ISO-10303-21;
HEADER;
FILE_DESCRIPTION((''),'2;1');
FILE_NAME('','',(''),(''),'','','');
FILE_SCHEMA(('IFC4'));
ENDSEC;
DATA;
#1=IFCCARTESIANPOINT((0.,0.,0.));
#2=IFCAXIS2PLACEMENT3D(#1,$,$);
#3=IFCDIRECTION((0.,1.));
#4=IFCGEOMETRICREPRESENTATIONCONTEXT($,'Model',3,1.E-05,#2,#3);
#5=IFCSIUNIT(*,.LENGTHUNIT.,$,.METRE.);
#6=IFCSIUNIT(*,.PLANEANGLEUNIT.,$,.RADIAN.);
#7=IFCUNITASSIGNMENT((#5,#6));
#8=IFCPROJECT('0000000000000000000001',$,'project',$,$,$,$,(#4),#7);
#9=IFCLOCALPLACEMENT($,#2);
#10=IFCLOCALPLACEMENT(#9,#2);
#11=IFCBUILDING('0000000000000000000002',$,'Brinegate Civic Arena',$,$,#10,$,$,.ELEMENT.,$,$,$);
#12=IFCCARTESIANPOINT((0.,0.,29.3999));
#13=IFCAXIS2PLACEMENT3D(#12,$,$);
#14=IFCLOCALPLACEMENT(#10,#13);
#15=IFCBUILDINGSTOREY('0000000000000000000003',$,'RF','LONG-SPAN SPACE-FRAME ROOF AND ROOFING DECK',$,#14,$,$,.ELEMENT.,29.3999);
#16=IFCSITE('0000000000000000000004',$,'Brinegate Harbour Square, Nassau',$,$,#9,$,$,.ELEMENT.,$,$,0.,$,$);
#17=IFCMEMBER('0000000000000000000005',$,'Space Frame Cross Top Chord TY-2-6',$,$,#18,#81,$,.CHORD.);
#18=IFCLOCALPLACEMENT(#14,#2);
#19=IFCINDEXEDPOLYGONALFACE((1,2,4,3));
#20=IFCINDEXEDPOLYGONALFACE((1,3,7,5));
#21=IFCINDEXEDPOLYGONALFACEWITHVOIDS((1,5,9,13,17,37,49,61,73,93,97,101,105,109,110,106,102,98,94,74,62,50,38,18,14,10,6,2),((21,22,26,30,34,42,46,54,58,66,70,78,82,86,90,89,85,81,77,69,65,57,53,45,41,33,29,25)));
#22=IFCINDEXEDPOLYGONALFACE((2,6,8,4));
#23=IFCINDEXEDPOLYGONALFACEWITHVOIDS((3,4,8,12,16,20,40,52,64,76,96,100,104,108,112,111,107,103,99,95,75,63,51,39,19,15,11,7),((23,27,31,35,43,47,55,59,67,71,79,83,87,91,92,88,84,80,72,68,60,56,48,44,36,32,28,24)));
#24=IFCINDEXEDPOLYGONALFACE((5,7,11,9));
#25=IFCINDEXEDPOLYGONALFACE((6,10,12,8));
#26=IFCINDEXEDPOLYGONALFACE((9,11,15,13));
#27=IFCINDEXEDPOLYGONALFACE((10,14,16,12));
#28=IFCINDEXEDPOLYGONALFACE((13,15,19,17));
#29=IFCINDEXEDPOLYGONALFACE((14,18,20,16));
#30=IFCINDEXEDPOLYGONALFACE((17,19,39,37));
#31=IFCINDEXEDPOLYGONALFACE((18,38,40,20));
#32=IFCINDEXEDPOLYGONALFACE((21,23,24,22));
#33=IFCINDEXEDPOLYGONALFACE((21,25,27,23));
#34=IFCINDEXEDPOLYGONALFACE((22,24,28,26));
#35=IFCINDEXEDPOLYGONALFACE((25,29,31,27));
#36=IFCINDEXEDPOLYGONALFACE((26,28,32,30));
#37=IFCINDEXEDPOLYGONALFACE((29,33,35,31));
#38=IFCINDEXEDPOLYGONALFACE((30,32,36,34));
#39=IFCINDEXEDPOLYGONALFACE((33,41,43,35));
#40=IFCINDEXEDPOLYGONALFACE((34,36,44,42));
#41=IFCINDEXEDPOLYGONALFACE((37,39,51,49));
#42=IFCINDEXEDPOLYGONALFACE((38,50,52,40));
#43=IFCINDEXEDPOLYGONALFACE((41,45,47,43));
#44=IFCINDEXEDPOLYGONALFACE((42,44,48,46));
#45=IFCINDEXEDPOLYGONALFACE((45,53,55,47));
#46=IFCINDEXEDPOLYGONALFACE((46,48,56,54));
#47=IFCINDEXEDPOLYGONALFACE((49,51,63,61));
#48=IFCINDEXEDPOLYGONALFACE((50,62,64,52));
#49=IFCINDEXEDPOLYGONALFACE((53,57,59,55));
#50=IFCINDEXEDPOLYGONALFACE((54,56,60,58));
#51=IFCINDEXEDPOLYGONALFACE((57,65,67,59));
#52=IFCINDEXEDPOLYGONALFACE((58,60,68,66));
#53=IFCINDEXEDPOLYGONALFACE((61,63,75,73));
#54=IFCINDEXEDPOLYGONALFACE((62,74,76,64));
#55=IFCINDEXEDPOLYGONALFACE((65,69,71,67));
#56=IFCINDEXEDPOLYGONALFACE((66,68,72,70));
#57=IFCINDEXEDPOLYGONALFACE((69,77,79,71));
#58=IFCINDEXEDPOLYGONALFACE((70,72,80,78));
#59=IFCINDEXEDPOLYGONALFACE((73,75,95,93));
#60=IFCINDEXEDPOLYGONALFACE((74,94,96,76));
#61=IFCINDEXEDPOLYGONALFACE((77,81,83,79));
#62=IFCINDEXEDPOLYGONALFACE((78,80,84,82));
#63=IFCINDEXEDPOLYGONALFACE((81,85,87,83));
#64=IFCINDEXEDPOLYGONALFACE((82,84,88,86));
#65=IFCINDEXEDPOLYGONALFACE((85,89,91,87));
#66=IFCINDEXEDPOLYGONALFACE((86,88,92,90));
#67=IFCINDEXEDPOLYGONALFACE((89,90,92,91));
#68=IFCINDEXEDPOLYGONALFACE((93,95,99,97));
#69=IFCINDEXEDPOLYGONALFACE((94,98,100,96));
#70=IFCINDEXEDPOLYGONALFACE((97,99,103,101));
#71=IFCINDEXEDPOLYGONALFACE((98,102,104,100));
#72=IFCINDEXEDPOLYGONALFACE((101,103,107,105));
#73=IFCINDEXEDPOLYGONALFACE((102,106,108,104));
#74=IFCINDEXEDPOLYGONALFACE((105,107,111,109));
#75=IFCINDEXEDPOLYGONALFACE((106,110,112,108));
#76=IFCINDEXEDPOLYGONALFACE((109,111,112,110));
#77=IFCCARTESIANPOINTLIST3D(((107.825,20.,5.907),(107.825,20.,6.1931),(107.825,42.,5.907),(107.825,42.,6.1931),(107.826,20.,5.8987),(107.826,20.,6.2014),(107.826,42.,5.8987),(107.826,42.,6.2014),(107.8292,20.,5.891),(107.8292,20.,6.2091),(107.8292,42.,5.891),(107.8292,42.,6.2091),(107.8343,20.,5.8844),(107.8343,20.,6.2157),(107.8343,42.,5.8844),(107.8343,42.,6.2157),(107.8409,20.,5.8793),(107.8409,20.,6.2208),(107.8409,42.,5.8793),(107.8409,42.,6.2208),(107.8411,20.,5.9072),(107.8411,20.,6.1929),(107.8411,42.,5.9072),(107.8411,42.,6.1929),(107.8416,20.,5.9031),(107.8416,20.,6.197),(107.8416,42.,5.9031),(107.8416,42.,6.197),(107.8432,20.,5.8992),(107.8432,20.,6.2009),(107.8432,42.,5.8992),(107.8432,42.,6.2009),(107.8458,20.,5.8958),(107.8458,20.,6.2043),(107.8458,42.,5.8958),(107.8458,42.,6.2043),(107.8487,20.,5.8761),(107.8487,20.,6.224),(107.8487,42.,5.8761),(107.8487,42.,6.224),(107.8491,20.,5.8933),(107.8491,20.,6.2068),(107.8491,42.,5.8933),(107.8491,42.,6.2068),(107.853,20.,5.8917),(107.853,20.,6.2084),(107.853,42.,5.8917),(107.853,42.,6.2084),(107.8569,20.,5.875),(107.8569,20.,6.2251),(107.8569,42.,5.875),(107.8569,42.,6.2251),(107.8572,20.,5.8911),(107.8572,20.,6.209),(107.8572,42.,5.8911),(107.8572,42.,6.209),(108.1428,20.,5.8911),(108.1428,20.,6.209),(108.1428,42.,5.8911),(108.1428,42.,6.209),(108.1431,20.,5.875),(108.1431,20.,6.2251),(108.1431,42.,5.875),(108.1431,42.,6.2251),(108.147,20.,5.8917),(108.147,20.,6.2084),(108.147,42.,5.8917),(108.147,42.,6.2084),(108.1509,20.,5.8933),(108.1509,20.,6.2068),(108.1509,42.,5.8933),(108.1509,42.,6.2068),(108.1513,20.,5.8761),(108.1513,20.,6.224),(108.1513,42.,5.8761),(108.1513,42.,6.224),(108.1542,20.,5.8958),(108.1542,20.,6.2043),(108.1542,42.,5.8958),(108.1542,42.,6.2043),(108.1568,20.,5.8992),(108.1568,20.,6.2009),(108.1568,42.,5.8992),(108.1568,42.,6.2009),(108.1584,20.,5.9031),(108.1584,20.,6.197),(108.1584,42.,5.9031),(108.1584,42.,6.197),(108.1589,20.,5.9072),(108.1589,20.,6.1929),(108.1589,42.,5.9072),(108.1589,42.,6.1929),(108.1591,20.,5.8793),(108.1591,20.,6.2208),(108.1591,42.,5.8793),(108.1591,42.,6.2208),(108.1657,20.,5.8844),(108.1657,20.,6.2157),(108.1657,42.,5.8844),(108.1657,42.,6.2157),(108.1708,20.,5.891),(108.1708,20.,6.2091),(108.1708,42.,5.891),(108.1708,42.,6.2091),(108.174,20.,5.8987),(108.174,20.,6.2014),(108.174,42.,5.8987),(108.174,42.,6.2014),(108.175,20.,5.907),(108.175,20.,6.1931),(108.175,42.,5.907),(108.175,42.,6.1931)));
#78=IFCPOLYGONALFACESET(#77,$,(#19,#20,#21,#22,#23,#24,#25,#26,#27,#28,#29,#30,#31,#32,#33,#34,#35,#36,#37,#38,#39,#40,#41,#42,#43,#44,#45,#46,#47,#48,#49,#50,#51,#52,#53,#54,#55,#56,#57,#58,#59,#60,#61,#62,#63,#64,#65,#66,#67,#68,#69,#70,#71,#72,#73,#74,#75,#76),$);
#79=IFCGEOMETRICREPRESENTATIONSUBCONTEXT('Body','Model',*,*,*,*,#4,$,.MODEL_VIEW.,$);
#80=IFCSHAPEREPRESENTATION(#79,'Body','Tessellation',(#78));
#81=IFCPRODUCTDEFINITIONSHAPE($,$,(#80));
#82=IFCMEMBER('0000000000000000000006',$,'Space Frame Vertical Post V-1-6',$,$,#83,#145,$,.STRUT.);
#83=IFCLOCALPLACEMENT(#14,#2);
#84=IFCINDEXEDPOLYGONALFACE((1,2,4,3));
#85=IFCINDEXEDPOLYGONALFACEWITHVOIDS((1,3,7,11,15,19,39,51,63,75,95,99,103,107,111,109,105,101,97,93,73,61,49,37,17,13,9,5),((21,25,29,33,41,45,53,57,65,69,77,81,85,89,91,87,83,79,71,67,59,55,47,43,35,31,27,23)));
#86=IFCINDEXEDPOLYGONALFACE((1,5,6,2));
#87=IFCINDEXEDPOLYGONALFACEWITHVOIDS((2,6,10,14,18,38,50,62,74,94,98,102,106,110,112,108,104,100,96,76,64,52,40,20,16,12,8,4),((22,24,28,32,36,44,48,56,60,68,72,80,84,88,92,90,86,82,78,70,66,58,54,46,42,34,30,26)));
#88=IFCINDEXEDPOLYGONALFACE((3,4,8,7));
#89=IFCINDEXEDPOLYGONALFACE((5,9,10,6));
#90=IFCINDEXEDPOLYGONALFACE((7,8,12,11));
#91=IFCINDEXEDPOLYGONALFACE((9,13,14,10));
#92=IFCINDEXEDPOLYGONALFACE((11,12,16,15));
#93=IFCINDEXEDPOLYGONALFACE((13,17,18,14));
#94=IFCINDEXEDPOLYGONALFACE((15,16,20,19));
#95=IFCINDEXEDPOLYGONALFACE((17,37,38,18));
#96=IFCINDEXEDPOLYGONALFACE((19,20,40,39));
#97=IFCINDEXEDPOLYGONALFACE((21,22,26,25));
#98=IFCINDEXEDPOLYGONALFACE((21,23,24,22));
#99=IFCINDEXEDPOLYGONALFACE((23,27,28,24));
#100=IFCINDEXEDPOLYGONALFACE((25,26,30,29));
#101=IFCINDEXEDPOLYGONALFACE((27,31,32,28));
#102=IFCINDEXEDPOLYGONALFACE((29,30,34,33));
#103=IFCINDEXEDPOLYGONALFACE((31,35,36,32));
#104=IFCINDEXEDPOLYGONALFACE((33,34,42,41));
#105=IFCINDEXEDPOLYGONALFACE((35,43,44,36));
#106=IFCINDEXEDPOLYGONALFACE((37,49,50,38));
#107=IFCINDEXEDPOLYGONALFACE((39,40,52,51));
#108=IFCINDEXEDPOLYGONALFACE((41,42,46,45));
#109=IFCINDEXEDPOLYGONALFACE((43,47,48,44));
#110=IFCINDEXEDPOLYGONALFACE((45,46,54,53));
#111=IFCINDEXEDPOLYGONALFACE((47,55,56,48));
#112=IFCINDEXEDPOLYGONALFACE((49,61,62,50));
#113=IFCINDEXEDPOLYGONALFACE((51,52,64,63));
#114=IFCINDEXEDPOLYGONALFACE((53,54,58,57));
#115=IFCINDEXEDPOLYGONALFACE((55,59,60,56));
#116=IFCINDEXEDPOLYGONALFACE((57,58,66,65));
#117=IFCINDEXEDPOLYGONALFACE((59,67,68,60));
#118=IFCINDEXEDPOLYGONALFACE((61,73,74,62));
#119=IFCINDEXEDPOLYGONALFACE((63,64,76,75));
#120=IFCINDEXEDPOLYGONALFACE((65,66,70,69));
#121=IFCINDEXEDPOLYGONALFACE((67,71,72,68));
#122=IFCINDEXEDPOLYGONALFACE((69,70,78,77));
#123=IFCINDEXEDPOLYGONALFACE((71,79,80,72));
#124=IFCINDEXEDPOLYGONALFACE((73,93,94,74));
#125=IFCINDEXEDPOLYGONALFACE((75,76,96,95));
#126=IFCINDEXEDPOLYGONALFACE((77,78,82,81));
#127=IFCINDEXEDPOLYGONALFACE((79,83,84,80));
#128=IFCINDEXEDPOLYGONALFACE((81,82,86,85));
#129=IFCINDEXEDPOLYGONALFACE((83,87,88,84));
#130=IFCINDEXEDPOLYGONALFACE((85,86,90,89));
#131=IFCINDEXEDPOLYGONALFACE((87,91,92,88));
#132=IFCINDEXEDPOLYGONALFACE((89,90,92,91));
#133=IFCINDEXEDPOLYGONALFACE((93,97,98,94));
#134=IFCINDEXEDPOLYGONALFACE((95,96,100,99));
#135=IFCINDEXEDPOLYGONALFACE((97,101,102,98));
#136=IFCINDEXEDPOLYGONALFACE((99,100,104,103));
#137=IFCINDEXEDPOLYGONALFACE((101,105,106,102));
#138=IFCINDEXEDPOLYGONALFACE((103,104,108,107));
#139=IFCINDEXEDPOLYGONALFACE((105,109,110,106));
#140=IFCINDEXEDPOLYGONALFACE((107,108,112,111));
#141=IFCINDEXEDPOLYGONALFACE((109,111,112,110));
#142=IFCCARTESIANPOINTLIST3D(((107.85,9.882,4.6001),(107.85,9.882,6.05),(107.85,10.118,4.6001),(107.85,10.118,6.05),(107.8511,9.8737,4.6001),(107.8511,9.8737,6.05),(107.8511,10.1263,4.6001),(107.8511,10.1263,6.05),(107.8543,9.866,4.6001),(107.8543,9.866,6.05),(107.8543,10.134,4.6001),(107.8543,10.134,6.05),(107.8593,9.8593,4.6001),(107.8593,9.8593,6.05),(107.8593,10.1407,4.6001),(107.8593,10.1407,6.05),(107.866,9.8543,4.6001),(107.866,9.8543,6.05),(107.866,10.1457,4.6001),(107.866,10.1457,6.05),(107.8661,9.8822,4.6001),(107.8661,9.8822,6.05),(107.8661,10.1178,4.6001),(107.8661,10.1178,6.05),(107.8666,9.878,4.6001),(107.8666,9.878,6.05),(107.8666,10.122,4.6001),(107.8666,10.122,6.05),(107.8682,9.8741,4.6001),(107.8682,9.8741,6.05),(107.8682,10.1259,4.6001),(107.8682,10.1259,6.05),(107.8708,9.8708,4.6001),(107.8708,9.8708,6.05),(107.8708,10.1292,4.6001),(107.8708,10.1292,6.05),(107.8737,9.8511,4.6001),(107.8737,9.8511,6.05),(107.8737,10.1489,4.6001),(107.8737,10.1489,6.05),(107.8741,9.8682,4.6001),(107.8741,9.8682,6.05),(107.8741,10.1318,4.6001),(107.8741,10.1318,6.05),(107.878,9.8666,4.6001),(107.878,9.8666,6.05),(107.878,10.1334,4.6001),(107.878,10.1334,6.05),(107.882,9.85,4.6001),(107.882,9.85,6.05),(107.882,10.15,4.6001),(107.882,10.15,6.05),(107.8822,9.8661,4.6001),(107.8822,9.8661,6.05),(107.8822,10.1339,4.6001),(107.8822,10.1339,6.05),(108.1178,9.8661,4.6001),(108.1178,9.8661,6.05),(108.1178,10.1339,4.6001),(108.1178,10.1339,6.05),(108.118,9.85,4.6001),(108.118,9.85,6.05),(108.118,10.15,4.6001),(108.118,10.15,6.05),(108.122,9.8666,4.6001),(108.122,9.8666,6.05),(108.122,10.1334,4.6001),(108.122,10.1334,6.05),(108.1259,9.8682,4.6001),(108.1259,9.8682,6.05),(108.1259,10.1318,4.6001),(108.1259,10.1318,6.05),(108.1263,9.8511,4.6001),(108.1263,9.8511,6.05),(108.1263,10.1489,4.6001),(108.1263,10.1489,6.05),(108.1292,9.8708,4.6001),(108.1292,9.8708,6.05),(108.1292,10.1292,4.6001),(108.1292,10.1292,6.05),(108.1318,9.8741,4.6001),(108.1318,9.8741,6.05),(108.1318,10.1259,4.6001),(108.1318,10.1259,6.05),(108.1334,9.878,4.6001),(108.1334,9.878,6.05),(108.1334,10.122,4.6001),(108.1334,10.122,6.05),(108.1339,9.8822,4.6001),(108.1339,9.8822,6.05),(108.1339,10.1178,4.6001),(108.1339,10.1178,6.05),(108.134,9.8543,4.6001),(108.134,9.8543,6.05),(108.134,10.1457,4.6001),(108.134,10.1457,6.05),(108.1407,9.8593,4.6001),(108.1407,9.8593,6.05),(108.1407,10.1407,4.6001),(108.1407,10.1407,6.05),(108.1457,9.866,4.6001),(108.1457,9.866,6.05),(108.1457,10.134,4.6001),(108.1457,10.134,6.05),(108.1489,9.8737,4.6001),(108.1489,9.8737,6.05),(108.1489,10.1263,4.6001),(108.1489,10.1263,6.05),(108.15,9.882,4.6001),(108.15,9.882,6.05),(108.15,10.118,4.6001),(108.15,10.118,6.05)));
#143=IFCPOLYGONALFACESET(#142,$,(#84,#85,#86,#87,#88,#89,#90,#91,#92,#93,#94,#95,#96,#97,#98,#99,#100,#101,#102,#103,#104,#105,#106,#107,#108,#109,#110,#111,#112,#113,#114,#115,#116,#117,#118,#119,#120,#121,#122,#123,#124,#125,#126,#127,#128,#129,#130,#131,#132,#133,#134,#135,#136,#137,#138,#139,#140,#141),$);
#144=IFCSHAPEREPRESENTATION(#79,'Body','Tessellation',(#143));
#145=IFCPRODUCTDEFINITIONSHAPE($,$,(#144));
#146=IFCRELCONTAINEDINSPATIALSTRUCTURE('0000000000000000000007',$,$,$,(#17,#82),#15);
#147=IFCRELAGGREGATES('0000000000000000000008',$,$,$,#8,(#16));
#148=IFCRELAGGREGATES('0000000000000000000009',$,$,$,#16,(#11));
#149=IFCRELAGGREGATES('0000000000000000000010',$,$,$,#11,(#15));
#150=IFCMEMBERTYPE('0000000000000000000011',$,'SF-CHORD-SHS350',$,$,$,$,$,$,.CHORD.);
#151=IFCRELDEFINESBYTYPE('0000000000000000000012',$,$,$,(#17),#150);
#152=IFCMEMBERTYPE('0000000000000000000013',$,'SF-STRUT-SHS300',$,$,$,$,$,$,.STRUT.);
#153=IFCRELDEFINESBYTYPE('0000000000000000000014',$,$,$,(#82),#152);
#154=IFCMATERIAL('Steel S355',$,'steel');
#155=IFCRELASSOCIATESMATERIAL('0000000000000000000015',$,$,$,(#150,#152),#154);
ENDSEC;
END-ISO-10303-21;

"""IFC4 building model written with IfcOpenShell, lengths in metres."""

from ifc_helpers import new_model, si_unit, direction, frame, origin, origin_2d, place, context, subcontext, project, spatial, hollow_rectangle, extrude, material, material_profile, profile_set, type_object, element, save


model = new_model("IFC4")

# Units and contexts
model_context = context("Model", 3, precision=1e-05, world=origin(), true_north=direction((0.0, 1.0)))
body_context = subcontext(model_context, "Body", "Model", "MODEL_VIEW")
ifc_project = project(units=[si_unit("LENGTHUNIT", "METRE"), si_unit("PLANEANGLEUNIT", "RADIAN")], contexts=[model_context])

# Site, building, storey
site_placement = place(None, origin())
site = spatial("IfcSite", under=ifc_project, at=site_placement, Name="Brinegate Harbour Square, Nassau", CompositionType="ELEMENT", RefElevation=0.0)
building_placement = place(site_placement, origin())
building = spatial("IfcBuilding", under=site, at=building_placement, Name="Brinegate Civic Arena", CompositionType="ELEMENT")
storey_placement = place(building_placement, frame((0.0, 0.0, 29.3999)))
storey = spatial("IfcBuildingStorey", under=building, at=storey_placement, Name="RF", Description="LONG-SPAN SPACE-FRAME ROOF AND ROOFING DECK", CompositionType="ELEMENT", Elevation=29.3999)

# Shared definitions
ifc_material_1 = material(Name="Steel S355", Category="steel")

# Members
ifc_material_profile_1 = material_profile(ifc_material_1, hollow_rectangle(XDim=0.3501, YDim=0.3501, WallThickness=0.0161, InnerFilletRadius=0.0161, OuterFilletRadius=0.032, at=origin_2d()), Name="SHS350X16")
ifc_profile_set_1 = profile_set([ifc_material_profile_1], Name="Steel S355")
member_type_1 = type_object("IfcMemberType", Name="SF-CHORD-SHS350", PredefinedType="CHORD", material=ifc_profile_set_1)
member_1_placement = place(storey_placement, frame((108.0, 20.0, 6.05), z_axis=(0.0, 1.0, 0.0), x_axis=(-1.0, 0.0, 0.0)))
element("IfcMember", 1, at=member_1_placement, inside=storey, type_object=member_type_1, Name="Space Frame Cross Top Chord TY-2-6", PredefinedType="CHORD", context=body_context, shape_type="SweptSolid", body=[
    extrude(hollow_rectangle(XDim=0.3501, YDim=0.3501, WallThickness=0.0161, InnerFilletRadius=0.0161, OuterFilletRadius=0.032, at=origin_2d()), origin(), (0.0, 0.0, 1.0), 22.0),
])
ifc_material_profile_2 = material_profile(ifc_material_1, hollow_rectangle(XDim=0.3, YDim=0.3, WallThickness=0.0161, InnerFilletRadius=0.0161, OuterFilletRadius=0.032, at=origin_2d()), Name="SHS300X16")
ifc_profile_set_2 = profile_set([ifc_material_profile_2], Name="Steel S355")
member_type_2 = type_object("IfcMemberType", Name="SF-STRUT-SHS300", PredefinedType="STRUT", material=ifc_profile_set_2)
for number, where, z_axis, x_axis, name in (
    (2, (108.0, 10.0, 4.6001), (0.0, 0.0, 1.0), (1.0, 0.0, 0.0), "Space Frame Vertical Post V-1-6"),
):
    element("IfcMember", number, at=place(storey_placement, frame(where, z_axis=z_axis, x_axis=x_axis)), inside=storey, type_object=member_type_2, Name=name, PredefinedType="STRUT", context=body_context, shape_type="SweptSolid", body=[
        extrude(hollow_rectangle(XDim=0.3, YDim=0.3, WallThickness=0.0161, InnerFilletRadius=0.0161, OuterFilletRadius=0.032, at=origin_2d()), origin(), (0.0, 0.0, 1.0), 1.45),
    ])

save(model, "model.ifc")
